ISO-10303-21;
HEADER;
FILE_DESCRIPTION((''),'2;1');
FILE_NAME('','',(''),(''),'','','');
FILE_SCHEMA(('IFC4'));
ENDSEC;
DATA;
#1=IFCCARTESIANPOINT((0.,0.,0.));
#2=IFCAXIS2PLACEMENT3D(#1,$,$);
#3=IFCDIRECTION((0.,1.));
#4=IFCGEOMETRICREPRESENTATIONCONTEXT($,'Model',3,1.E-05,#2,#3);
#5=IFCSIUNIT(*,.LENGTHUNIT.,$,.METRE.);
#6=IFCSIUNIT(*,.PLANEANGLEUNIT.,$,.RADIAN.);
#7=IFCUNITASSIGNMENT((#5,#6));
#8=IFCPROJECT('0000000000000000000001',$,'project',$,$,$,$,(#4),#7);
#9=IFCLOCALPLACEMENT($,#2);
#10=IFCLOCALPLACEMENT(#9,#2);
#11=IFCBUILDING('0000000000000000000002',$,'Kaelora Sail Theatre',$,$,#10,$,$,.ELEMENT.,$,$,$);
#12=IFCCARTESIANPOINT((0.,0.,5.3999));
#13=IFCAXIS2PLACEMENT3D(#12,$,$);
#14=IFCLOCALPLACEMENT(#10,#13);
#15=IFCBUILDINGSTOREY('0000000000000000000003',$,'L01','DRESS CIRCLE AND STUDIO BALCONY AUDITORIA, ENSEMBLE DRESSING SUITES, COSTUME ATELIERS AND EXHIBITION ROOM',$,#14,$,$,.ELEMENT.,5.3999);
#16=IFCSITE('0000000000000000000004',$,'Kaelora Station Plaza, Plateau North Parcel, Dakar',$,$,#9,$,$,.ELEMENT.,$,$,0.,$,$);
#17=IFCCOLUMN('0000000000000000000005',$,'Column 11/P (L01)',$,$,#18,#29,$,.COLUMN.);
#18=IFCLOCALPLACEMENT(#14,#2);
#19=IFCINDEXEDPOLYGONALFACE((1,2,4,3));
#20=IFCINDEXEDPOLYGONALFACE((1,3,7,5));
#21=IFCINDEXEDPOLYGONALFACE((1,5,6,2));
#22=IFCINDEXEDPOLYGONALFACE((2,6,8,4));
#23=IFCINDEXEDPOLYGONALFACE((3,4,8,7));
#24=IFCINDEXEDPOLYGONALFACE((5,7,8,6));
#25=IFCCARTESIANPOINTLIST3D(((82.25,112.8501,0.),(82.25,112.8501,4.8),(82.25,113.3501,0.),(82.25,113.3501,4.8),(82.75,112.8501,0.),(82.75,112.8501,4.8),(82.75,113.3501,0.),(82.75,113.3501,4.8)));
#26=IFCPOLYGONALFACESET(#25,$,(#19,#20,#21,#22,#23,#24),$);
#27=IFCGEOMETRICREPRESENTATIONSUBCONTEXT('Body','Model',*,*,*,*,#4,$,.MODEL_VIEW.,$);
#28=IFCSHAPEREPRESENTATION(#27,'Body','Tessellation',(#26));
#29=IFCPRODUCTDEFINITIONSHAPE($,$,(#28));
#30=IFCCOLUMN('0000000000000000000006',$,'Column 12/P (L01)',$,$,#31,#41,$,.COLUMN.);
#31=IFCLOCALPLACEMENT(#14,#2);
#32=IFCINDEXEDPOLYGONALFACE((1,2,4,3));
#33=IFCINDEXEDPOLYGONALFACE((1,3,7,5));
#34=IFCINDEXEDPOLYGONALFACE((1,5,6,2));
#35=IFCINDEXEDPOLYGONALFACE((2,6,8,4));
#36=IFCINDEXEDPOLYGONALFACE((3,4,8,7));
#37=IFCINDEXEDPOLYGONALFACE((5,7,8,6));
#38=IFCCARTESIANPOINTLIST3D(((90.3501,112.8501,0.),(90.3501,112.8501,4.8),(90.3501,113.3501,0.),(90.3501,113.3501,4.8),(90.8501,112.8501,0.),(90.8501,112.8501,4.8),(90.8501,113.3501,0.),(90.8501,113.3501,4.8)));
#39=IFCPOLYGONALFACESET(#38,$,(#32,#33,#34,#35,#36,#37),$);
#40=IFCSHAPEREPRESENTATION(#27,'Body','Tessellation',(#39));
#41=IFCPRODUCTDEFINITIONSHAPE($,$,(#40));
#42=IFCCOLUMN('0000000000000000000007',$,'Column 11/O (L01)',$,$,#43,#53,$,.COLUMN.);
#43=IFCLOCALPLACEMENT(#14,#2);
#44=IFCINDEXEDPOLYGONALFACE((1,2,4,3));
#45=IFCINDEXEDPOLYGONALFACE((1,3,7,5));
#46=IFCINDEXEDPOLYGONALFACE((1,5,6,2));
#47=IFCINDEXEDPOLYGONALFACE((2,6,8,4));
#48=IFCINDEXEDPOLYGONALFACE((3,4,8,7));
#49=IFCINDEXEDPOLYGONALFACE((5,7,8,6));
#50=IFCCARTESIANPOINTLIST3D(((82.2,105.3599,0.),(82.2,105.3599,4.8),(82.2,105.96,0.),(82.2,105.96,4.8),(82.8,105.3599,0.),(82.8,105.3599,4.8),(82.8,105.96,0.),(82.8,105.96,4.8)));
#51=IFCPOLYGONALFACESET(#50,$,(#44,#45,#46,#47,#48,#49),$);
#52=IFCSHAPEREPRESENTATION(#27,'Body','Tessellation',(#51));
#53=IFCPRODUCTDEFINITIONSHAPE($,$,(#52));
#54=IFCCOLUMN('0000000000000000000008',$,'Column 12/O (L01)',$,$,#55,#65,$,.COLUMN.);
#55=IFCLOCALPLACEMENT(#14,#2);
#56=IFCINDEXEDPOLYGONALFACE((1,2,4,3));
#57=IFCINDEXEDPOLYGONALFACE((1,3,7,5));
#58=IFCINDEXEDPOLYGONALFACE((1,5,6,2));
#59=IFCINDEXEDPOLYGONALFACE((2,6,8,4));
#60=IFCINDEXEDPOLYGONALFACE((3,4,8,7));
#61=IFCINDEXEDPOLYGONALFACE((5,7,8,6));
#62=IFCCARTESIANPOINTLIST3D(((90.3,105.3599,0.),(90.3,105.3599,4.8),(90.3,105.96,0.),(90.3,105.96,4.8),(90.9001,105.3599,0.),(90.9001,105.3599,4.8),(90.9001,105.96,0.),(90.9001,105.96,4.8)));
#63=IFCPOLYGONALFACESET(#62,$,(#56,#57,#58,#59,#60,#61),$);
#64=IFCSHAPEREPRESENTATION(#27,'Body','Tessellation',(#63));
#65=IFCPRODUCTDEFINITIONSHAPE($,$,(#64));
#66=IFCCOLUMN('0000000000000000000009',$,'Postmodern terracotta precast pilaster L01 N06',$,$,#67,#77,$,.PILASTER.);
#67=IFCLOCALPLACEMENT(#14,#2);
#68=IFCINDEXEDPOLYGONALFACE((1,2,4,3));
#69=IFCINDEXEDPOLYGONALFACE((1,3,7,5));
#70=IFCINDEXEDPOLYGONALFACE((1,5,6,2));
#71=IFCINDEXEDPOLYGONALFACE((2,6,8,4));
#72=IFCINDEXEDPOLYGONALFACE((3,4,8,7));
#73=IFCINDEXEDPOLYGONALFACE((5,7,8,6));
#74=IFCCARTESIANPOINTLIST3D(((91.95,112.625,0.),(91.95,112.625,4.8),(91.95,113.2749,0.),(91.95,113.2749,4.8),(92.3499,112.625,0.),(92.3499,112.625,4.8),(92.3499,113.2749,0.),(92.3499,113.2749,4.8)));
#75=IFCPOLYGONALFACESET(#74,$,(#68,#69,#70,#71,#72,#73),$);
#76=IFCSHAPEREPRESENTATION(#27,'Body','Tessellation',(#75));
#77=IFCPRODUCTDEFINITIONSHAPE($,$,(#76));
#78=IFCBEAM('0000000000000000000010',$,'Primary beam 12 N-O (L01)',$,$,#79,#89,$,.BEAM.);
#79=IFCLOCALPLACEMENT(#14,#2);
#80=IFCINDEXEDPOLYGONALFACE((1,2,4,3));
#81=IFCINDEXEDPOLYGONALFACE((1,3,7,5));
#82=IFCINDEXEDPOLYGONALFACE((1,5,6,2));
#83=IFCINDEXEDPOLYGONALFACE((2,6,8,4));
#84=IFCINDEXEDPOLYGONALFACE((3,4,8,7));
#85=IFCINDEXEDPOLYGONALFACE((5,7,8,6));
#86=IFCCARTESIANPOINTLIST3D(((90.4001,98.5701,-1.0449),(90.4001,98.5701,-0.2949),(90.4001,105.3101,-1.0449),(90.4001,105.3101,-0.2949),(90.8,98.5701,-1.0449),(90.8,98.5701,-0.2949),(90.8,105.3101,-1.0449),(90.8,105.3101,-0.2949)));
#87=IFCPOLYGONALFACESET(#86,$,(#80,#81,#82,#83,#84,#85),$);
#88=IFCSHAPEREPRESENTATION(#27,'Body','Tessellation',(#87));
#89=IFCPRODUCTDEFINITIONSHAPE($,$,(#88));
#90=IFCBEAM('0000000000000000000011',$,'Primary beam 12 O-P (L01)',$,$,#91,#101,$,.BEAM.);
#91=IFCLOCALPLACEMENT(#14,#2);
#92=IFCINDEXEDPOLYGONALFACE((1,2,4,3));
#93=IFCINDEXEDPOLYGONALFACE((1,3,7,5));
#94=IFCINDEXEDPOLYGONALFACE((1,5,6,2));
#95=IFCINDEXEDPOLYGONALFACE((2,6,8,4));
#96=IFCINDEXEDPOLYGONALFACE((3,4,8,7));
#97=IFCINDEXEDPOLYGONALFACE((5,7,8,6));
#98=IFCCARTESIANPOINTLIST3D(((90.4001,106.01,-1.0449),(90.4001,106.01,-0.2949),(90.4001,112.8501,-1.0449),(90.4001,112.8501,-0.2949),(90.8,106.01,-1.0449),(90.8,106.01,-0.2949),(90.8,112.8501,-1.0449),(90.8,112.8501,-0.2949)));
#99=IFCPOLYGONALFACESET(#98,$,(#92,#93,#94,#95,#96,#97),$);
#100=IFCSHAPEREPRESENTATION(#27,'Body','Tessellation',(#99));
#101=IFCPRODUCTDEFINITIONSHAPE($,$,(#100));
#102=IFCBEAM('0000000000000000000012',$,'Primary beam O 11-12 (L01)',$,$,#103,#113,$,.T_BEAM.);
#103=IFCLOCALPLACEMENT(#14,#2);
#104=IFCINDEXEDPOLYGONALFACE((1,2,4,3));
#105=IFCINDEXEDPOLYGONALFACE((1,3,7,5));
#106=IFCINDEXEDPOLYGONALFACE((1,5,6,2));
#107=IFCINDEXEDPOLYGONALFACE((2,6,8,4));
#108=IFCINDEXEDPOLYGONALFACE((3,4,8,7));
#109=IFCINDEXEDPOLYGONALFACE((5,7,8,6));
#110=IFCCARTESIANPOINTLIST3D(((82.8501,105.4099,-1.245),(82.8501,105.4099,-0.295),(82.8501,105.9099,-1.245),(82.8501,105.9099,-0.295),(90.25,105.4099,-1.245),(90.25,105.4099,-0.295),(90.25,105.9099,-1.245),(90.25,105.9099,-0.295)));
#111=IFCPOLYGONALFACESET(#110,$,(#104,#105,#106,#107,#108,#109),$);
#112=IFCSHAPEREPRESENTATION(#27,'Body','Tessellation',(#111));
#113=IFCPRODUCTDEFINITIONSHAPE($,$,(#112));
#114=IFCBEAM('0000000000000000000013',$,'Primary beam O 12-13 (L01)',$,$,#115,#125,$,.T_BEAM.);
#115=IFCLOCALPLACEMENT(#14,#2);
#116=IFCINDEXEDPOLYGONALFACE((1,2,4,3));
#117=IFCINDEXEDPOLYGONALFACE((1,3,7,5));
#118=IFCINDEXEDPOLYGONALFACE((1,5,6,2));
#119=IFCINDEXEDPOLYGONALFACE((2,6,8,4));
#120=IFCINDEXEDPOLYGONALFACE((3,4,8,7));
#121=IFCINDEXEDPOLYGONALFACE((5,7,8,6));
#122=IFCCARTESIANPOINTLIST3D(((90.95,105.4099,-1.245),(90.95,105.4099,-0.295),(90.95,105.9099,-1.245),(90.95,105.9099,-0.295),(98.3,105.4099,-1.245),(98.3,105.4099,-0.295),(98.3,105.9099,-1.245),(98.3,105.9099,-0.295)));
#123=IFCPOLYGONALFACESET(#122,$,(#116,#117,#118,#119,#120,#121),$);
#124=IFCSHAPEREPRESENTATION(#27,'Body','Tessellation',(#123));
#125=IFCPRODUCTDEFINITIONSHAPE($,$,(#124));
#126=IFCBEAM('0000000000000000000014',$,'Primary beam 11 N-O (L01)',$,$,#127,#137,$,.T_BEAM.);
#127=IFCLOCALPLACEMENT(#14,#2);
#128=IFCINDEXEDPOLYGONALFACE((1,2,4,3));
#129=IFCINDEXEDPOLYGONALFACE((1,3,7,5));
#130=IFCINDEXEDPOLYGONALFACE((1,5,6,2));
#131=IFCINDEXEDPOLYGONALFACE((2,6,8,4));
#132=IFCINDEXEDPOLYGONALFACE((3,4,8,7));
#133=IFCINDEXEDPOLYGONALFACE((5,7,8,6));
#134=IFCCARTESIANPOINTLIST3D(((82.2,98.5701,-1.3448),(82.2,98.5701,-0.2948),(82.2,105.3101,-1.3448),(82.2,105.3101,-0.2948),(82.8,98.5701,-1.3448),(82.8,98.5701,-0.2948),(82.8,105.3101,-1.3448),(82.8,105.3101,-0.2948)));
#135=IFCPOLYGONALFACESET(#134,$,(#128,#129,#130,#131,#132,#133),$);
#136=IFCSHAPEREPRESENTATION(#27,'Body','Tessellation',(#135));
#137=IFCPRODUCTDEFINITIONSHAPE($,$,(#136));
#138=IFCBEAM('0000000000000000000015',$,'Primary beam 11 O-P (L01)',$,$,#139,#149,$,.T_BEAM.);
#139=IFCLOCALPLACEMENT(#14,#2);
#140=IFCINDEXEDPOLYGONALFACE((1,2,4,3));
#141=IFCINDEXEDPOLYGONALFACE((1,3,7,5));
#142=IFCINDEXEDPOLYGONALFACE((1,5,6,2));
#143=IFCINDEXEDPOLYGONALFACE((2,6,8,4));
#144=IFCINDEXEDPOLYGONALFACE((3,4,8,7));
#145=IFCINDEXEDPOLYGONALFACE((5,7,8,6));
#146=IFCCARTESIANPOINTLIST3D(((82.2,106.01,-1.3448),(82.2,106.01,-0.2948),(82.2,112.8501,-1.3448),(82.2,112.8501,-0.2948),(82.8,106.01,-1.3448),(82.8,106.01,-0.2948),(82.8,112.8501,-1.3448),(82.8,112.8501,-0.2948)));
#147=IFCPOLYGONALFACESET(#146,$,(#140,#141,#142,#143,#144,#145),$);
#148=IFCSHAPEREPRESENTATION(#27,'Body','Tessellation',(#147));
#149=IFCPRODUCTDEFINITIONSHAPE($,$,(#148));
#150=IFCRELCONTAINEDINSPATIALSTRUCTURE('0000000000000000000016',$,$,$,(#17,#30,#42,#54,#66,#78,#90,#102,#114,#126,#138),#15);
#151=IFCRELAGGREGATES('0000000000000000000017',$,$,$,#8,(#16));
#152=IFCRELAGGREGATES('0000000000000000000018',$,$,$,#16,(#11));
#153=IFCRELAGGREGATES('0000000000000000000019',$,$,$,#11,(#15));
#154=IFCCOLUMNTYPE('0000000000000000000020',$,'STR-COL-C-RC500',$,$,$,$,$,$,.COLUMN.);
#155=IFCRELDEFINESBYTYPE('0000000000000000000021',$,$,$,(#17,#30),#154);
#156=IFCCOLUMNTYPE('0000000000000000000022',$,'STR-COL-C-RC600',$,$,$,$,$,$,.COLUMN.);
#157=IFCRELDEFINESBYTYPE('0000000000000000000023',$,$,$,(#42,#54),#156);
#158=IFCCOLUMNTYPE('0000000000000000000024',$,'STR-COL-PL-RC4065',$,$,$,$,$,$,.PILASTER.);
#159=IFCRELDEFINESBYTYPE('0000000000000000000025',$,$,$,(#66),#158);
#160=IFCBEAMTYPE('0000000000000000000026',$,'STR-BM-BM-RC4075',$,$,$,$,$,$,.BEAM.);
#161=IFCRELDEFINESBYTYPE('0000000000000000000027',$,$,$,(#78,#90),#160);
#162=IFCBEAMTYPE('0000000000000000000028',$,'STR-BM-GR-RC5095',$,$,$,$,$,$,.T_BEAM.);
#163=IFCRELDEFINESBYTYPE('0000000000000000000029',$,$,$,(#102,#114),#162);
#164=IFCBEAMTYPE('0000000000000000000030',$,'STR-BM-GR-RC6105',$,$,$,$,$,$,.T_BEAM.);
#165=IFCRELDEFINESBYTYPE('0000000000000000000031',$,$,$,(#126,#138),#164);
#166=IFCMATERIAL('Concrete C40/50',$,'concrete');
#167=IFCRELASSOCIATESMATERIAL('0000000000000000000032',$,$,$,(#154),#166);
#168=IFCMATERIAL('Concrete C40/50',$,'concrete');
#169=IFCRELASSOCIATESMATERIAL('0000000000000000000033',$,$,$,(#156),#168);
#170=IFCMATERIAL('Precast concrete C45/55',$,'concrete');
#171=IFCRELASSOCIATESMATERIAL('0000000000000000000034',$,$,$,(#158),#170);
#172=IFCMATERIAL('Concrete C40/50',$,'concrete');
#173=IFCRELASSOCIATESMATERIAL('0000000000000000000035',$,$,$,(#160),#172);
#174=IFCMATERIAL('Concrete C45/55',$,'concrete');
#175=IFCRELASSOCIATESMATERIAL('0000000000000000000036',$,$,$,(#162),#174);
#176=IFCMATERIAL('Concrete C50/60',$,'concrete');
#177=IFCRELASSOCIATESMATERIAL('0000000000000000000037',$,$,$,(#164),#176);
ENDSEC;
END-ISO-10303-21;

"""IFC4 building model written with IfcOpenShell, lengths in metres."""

from ifc_helpers import new_model, si_unit, direction, frame, origin, origin_2d, place, context, subcontext, project, spatial, rectangle, extrude, material, material_profile, profile_set, type_object, element, save


model = new_model("IFC4")

# Units and contexts
model_context = context("Model", 3, precision=1e-05, world=origin(), true_north=direction((0.0, 1.0)))
body_context = subcontext(model_context, "Body", "Model", "MODEL_VIEW")
ifc_project = project(units=[si_unit("LENGTHUNIT", "METRE"), si_unit("PLANEANGLEUNIT", "RADIAN")], contexts=[model_context])

# Site, building, storey
site_placement = place(None, origin())
site = spatial("IfcSite", under=ifc_project, at=site_placement, Name="Kaelora Station Plaza, Plateau North Parcel, Dakar", CompositionType="ELEMENT", RefElevation=0.0)
building_placement = place(site_placement, origin())
building = spatial("IfcBuilding", under=site, at=building_placement, Name="Kaelora Sail Theatre", CompositionType="ELEMENT")
storey_placement = place(building_placement, frame((0.0, 0.0, 5.3999)))
storey = spatial("IfcBuildingStorey", under=building, at=storey_placement, Name="L01", Description="DRESS CIRCLE AND STUDIO BALCONY AUDITORIA, ENSEMBLE DRESSING SUITES, COSTUME ATELIERS AND EXHIBITION ROOM", CompositionType="ELEMENT", Elevation=5.3999)

# Columns
ifc_material_1 = material(Name="Concrete C40/50", Category="concrete")
ifc_material_profile_1 = material_profile(ifc_material_1, rectangle(XDim=0.5, YDim=0.5, at=origin_2d()), Name="RC-COL 500x500")
ifc_profile_set_1 = profile_set([ifc_material_profile_1], Name="Concrete C40/50")
column_type_1 = type_object("IfcColumnType", Name="STR-COL-C-RC500", PredefinedType="COLUMN", material=ifc_profile_set_1)
for number, where, z_axis, x_axis, name in (
    (1, (82.5, 113.1001, 0.0), (0.0, 0.0, 1.0), (1.0, 0.0, 0.0), "Column 11/P (L01)"),
    (2, (90.6001, 113.1001, 0.0), (0.0, 0.0, 1.0), (1.0, 0.0, 0.0), "Column 12/P (L01)"),
):
    element("IfcColumn", number, at=place(storey_placement, frame(where, z_axis=z_axis, x_axis=x_axis)), inside=storey, type_object=column_type_1, Name=name, PredefinedType="COLUMN", context=body_context, shape_type="SweptSolid", body=[
        extrude(rectangle(XDim=0.5, YDim=0.5, at=origin_2d()), origin(), (0.0, 0.0, 1.0), 4.8),
    ])
ifc_material_2 = material(Name="Concrete C40/50", Category="concrete")
ifc_material_profile_2 = material_profile(ifc_material_2, rectangle(XDim=0.6001, YDim=0.6001, at=origin_2d()), Name="RC-COL 600x600")
ifc_profile_set_2 = profile_set([ifc_material_profile_2], Name="Concrete C40/50")
column_type_2 = type_object("IfcColumnType", Name="STR-COL-C-RC600", PredefinedType="COLUMN", material=ifc_profile_set_2)
for number, where, z_axis, x_axis, name in (
    (3, (82.5, 105.6599, 0.0), (0.0, 0.0, 1.0), (1.0, 0.0, 0.0), "Column 11/O (L01)"),
    (4, (90.6001, 105.6599, 0.0), (0.0, 0.0, 1.0), (1.0, 0.0, 0.0), "Column 12/O (L01)"),
):
    element("IfcColumn", number, at=place(storey_placement, frame(where, z_axis=z_axis, x_axis=x_axis)), inside=storey, type_object=column_type_2, Name=name, PredefinedType="COLUMN", context=body_context, shape_type="SweptSolid", body=[
        extrude(rectangle(XDim=0.6001, YDim=0.6001, at=origin_2d()), origin(), (0.0, 0.0, 1.0), 4.8),
    ])
ifc_material_3 = material(Name="Precast concrete C45/55", Category="concrete")
ifc_material_profile_3 = material_profile(ifc_material_3, rectangle(XDim=0.3999, YDim=0.6499, at=origin_2d()), Name="RC-PIL 400x650")
ifc_profile_set_3 = profile_set([ifc_material_profile_3], Name="Precast concrete C45/55")
column_type_3 = type_object("IfcColumnType", Name="STR-COL-PL-RC4065", PredefinedType="PILASTER", material=ifc_profile_set_3)
column_placement = place(storey_placement, frame((92.1499, 112.95, 0.0), z_axis=(0.0, 0.0, 1.0), x_axis=(1.0, 0.0, 0.0)))
element("IfcColumn", 5, at=column_placement, inside=storey, type_object=column_type_3, Name="Postmodern terracotta precast pilaster L01 N06", PredefinedType="PILASTER", context=body_context, shape_type="SweptSolid", body=[
    extrude(rectangle(XDim=0.3999, YDim=0.6499, at=origin_2d()), origin(), (0.0, 0.0, 1.0), 4.8),
])

# Beams
ifc_material_4 = material(Name="Concrete C40/50", Category="concrete")
ifc_material_profile_4 = material_profile(ifc_material_4, rectangle(XDim=0.3999, YDim=0.75, at=origin_2d()), Name="RC-BM 400x750")
ifc_profile_set_4 = profile_set([ifc_material_profile_4], Name="Concrete C40/50")
beam_type_1 = type_object("IfcBeamType", Name="STR-BM-BM-RC4075", PredefinedType="BEAM", material=ifc_profile_set_4)
beam_1_placement = place(storey_placement, frame((90.6001, 98.5701, -0.6699), z_axis=(0.0, 1.0, 0.0), x_axis=(-1.0, 0.0, 0.0)))
element("IfcBeam", 6, at=beam_1_placement, inside=storey, type_object=beam_type_1, Name="Primary beam 12 N-O (L01)", PredefinedType="BEAM", context=body_context, shape_type="SweptSolid", body=[
    extrude(rectangle(XDim=0.3999, YDim=0.75, at=origin_2d()), origin(), (0.0, 0.0, 1.0), 6.74),
])
beam_2_placement = place(storey_placement, frame((90.6001, 106.01, -0.6699), z_axis=(0.0, 1.0, 0.0), x_axis=(-1.0, 0.0, 0.0)))
element("IfcBeam", 7, at=beam_2_placement, inside=storey, type_object=beam_type_1, Name="Primary beam 12 O-P (L01)", PredefinedType="BEAM", context=body_context, shape_type="SweptSolid", body=[
    extrude(rectangle(XDim=0.3999, YDim=0.75, at=origin_2d()), origin(), (0.0, 0.0, 1.0), 6.8401),
])
ifc_material_5 = material(Name="Concrete C45/55", Category="concrete")
ifc_material_profile_5 = material_profile(ifc_material_5, rectangle(XDim=0.5, YDim=0.95, at=origin_2d()), Name="RC-GRD 500x950")
ifc_profile_set_5 = profile_set([ifc_material_profile_5], Name="Concrete C45/55")
beam_type_2 = type_object("IfcBeamType", Name="STR-BM-GR-RC5095", PredefinedType="T_BEAM", material=ifc_profile_set_5)
beam_3_placement = place(storey_placement, frame((82.8501, 105.6599, -0.77), z_axis=(1.0, 0.0, 0.0), x_axis=(0.0, 1.0, 0.0)))
element("IfcBeam", 8, at=beam_3_placement, inside=storey, type_object=beam_type_2, Name="Primary beam O 11-12 (L01)", PredefinedType="T_BEAM", context=body_context, shape_type="SweptSolid", body=[
    extrude(rectangle(XDim=0.5, YDim=0.95, at=origin_2d()), origin(), (0.0, 0.0, 1.0), 7.3999),
])
beam_4_placement = place(storey_placement, frame((90.95, 105.6599, -0.77), z_axis=(1.0, 0.0, 0.0), x_axis=(0.0, 1.0, 0.0)))
element("IfcBeam", 9, at=beam_4_placement, inside=storey, type_object=beam_type_2, Name="Primary beam O 12-13 (L01)", PredefinedType="T_BEAM", context=body_context, shape_type="SweptSolid", body=[
    extrude(rectangle(XDim=0.5, YDim=0.95, at=origin_2d()), origin(), (0.0, 0.0, 1.0), 7.3501),
])
ifc_material_6 = material(Name="Concrete C50/60", Category="concrete")
ifc_material_profile_6 = material_profile(ifc_material_6, rectangle(XDim=0.6001, YDim=1.05, at=origin_2d()), Name="RC-GRD 600x1050")
ifc_profile_set_6 = profile_set([ifc_material_profile_6], Name="Concrete C50/60")
beam_type_3 = type_object("IfcBeamType", Name="STR-BM-GR-RC6105", PredefinedType="T_BEAM", material=ifc_profile_set_6)
beam_5_placement = place(storey_placement, frame((82.5, 98.5701, -0.8198), z_axis=(0.0, 1.0, 0.0), x_axis=(-1.0, 0.0, 0.0)))
element("IfcBeam", 10, at=beam_5_placement, inside=storey, type_object=beam_type_3, Name="Primary beam 11 N-O (L01)", PredefinedType="T_BEAM", context=body_context, shape_type="SweptSolid", body=[
    extrude(rectangle(XDim=0.6001, YDim=1.05, at=origin_2d()), origin(), (0.0, 0.0, 1.0), 6.74),
])
beam_6_placement = place(storey_placement, frame((82.5, 106.01, -0.8198), z_axis=(0.0, 1.0, 0.0), x_axis=(-1.0, 0.0, 0.0)))
element("IfcBeam", 11, at=beam_6_placement, inside=storey, type_object=beam_type_3, Name="Primary beam 11 O-P (L01)", PredefinedType="T_BEAM", context=body_context, shape_type="SweptSolid", body=[
    extrude(rectangle(XDim=0.6001, YDim=1.05, at=origin_2d()), origin(), (0.0, 0.0, 1.0), 6.8401),
])

save(model, "model.ifc")
